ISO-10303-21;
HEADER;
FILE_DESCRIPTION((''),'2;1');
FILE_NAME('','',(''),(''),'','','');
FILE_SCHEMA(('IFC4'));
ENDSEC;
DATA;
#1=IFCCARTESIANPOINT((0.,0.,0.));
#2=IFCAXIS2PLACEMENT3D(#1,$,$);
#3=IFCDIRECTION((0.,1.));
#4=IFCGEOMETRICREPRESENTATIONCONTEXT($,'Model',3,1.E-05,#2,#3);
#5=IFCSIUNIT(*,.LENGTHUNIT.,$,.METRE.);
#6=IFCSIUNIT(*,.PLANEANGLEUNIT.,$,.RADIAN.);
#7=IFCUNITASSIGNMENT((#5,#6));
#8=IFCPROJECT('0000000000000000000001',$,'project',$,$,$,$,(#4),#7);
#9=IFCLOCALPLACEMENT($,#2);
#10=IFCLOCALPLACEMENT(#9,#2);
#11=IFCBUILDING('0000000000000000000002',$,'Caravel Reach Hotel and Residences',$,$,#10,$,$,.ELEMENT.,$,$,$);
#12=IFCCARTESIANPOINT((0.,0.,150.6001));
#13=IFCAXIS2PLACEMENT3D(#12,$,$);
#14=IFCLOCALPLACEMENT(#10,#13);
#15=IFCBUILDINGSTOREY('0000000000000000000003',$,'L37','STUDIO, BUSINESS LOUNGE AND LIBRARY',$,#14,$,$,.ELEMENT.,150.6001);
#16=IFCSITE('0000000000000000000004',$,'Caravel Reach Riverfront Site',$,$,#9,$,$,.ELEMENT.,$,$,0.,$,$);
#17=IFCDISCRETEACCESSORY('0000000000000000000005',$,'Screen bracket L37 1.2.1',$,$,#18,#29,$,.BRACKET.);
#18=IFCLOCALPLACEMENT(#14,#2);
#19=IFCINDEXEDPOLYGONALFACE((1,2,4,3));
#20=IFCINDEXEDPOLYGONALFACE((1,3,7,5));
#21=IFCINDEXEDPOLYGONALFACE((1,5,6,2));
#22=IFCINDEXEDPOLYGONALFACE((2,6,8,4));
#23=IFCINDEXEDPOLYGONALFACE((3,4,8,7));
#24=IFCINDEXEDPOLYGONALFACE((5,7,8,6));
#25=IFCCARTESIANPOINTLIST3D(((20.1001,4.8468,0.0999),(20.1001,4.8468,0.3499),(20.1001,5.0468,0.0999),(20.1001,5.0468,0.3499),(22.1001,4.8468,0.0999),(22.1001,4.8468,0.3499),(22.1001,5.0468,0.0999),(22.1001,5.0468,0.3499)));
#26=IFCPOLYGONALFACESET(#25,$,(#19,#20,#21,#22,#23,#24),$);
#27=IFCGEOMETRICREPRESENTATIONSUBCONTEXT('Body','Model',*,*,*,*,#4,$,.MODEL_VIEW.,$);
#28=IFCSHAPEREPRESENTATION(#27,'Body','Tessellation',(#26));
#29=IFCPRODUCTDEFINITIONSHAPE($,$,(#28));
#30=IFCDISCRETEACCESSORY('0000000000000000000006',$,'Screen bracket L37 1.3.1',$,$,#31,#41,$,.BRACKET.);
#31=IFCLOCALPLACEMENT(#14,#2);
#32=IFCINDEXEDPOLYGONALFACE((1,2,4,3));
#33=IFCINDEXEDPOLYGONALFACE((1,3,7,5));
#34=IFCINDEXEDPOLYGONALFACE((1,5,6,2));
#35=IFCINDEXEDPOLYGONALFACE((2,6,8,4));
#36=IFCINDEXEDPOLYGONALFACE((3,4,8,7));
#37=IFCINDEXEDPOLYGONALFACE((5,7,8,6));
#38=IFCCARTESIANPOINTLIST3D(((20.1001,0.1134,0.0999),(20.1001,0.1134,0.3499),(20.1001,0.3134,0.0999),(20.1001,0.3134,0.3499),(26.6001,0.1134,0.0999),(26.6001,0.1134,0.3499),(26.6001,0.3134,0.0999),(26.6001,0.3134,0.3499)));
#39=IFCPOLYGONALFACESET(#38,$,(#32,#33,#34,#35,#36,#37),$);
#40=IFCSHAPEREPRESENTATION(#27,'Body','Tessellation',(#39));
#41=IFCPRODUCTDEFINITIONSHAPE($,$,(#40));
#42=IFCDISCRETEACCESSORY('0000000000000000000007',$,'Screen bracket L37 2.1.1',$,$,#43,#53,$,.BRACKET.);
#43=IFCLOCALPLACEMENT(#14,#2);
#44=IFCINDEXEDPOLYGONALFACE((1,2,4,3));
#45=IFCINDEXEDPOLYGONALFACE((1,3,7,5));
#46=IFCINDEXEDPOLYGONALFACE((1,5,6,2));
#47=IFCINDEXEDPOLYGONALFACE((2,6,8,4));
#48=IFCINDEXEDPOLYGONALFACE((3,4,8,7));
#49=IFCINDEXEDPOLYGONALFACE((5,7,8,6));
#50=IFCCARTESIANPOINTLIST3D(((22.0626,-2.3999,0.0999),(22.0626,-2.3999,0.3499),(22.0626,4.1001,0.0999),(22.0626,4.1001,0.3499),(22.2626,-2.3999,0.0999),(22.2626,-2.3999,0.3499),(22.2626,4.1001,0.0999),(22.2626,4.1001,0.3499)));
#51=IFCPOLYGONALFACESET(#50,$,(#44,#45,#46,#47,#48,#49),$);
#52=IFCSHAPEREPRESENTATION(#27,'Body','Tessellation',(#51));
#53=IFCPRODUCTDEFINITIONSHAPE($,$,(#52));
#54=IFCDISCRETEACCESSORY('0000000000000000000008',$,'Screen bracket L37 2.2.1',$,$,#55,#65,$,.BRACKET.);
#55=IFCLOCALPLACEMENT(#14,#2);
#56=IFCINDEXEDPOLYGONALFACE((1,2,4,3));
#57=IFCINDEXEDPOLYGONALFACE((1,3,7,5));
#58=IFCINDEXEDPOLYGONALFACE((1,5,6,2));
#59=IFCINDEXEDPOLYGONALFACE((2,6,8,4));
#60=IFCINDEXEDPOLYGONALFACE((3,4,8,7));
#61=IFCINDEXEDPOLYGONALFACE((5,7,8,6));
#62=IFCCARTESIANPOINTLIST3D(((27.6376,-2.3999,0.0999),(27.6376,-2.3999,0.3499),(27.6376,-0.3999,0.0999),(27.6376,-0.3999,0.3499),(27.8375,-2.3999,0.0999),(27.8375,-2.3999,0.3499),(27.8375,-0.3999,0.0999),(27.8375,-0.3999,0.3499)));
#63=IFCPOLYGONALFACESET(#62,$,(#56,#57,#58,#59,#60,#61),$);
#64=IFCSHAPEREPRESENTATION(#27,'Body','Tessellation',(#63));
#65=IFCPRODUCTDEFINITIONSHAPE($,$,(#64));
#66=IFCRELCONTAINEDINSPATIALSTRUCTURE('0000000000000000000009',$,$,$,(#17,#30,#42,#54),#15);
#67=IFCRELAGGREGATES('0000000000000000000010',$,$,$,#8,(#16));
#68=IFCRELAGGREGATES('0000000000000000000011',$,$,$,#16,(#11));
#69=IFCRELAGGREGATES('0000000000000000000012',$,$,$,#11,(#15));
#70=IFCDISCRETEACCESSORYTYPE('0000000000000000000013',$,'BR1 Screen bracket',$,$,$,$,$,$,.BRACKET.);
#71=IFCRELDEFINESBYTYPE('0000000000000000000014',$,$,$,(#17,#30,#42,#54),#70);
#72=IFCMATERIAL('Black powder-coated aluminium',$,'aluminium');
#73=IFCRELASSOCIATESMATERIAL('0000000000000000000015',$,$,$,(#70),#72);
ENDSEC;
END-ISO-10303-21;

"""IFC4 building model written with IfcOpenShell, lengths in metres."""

from ifc_helpers import new_model, si_unit, direction, frame, origin, origin_2d, place, context, subcontext, project, spatial, rectangle, extrude, material, type_object, element, save


model = new_model("IFC4")

# Units and contexts
model_context = context("Model", 3, precision=1e-05, world=origin(), true_north=direction((0.0, 1.0)))
body_context = subcontext(model_context, "Body", "Model", "MODEL_VIEW")
ifc_project = project(units=[si_unit("LENGTHUNIT", "METRE"), si_unit("PLANEANGLEUNIT", "RADIAN")], contexts=[model_context])

# Site, building, storey
site_placement = place(None, origin())
site = spatial("IfcSite", under=ifc_project, at=site_placement, Name="Caravel Reach Riverfront Site", CompositionType="ELEMENT", RefElevation=0.0)
building_placement = place(site_placement, origin())
building = spatial("IfcBuilding", under=site, at=building_placement, Name="Caravel Reach Hotel and Residences", CompositionType="ELEMENT")
storey_placement = place(building_placement, frame((0.0, 0.0, 150.6001)))
storey = spatial("IfcBuildingStorey", under=building, at=storey_placement, Name="L37", Description="STUDIO, BUSINESS LOUNGE AND LIBRARY", CompositionType="ELEMENT", Elevation=150.6001)

# Discrete accessories
ifc_material_1 = material(Name="Black powder-coated aluminium", Category="aluminium")
discrete_accessory_type = type_object("IfcDiscreteAccessoryType", Name="BR1 Screen bracket", PredefinedType="BRACKET", material=ifc_material_1)
discrete_accessory_1_placement = place(storey_placement, frame((21.1001, 4.9468, 0.0999), z_axis=(0.0, 0.0, 1.0), x_axis=(-1.0, 0.0, 0.0)))
element("IfcDiscreteAccessory", 1, at=discrete_accessory_1_placement, inside=storey, type_object=discrete_accessory_type, Name="Screen bracket L37 1.2.1", PredefinedType="BRACKET", context=body_context, shape_type="SweptSolid", body=[
    extrude(rectangle(XDim=2.0, YDim=0.2, at=origin_2d()), origin(), (0.0, 0.0, 1.0), 0.25),
])
for number, where, z_axis, x_axis, name in (
    (2, (23.3501, 0.2134, 0.0999), (0.0, 0.0, 1.0), (-1.0, 0.0, 0.0), "Screen bracket L37 1.3.1"),
    (3, (22.1626, 0.8501, 0.0999), (0.0, 0.0, 1.0), (0.0, -1.0, 0.0), "Screen bracket L37 2.1.1"),
):
    element("IfcDiscreteAccessory", number, at=place(storey_placement, frame(where, z_axis=z_axis, x_axis=x_axis)), inside=storey, type_object=discrete_accessory_type, Name=name, PredefinedType="BRACKET", context=body_context, shape_type="SweptSolid", body=[
        extrude(rectangle(XDim=6.5, YDim=0.2, at=origin_2d()), origin(), (0.0, 0.0, 1.0), 0.25),
    ])
discrete_accessory_2_placement = place(storey_placement, frame((27.7375, -1.3999, 0.0999), z_axis=(0.0, 0.0, 1.0), x_axis=(0.0, -1.0, 0.0)))
element("IfcDiscreteAccessory", 4, at=discrete_accessory_2_placement, inside=storey, type_object=discrete_accessory_type, Name="Screen bracket L37 2.2.1", PredefinedType="BRACKET", context=body_context, shape_type="SweptSolid", body=[
    extrude(rectangle(XDim=2.0, YDim=0.2, at=origin_2d()), origin(), (0.0, 0.0, 1.0), 0.25),
])

save(model, "model.ifc")
